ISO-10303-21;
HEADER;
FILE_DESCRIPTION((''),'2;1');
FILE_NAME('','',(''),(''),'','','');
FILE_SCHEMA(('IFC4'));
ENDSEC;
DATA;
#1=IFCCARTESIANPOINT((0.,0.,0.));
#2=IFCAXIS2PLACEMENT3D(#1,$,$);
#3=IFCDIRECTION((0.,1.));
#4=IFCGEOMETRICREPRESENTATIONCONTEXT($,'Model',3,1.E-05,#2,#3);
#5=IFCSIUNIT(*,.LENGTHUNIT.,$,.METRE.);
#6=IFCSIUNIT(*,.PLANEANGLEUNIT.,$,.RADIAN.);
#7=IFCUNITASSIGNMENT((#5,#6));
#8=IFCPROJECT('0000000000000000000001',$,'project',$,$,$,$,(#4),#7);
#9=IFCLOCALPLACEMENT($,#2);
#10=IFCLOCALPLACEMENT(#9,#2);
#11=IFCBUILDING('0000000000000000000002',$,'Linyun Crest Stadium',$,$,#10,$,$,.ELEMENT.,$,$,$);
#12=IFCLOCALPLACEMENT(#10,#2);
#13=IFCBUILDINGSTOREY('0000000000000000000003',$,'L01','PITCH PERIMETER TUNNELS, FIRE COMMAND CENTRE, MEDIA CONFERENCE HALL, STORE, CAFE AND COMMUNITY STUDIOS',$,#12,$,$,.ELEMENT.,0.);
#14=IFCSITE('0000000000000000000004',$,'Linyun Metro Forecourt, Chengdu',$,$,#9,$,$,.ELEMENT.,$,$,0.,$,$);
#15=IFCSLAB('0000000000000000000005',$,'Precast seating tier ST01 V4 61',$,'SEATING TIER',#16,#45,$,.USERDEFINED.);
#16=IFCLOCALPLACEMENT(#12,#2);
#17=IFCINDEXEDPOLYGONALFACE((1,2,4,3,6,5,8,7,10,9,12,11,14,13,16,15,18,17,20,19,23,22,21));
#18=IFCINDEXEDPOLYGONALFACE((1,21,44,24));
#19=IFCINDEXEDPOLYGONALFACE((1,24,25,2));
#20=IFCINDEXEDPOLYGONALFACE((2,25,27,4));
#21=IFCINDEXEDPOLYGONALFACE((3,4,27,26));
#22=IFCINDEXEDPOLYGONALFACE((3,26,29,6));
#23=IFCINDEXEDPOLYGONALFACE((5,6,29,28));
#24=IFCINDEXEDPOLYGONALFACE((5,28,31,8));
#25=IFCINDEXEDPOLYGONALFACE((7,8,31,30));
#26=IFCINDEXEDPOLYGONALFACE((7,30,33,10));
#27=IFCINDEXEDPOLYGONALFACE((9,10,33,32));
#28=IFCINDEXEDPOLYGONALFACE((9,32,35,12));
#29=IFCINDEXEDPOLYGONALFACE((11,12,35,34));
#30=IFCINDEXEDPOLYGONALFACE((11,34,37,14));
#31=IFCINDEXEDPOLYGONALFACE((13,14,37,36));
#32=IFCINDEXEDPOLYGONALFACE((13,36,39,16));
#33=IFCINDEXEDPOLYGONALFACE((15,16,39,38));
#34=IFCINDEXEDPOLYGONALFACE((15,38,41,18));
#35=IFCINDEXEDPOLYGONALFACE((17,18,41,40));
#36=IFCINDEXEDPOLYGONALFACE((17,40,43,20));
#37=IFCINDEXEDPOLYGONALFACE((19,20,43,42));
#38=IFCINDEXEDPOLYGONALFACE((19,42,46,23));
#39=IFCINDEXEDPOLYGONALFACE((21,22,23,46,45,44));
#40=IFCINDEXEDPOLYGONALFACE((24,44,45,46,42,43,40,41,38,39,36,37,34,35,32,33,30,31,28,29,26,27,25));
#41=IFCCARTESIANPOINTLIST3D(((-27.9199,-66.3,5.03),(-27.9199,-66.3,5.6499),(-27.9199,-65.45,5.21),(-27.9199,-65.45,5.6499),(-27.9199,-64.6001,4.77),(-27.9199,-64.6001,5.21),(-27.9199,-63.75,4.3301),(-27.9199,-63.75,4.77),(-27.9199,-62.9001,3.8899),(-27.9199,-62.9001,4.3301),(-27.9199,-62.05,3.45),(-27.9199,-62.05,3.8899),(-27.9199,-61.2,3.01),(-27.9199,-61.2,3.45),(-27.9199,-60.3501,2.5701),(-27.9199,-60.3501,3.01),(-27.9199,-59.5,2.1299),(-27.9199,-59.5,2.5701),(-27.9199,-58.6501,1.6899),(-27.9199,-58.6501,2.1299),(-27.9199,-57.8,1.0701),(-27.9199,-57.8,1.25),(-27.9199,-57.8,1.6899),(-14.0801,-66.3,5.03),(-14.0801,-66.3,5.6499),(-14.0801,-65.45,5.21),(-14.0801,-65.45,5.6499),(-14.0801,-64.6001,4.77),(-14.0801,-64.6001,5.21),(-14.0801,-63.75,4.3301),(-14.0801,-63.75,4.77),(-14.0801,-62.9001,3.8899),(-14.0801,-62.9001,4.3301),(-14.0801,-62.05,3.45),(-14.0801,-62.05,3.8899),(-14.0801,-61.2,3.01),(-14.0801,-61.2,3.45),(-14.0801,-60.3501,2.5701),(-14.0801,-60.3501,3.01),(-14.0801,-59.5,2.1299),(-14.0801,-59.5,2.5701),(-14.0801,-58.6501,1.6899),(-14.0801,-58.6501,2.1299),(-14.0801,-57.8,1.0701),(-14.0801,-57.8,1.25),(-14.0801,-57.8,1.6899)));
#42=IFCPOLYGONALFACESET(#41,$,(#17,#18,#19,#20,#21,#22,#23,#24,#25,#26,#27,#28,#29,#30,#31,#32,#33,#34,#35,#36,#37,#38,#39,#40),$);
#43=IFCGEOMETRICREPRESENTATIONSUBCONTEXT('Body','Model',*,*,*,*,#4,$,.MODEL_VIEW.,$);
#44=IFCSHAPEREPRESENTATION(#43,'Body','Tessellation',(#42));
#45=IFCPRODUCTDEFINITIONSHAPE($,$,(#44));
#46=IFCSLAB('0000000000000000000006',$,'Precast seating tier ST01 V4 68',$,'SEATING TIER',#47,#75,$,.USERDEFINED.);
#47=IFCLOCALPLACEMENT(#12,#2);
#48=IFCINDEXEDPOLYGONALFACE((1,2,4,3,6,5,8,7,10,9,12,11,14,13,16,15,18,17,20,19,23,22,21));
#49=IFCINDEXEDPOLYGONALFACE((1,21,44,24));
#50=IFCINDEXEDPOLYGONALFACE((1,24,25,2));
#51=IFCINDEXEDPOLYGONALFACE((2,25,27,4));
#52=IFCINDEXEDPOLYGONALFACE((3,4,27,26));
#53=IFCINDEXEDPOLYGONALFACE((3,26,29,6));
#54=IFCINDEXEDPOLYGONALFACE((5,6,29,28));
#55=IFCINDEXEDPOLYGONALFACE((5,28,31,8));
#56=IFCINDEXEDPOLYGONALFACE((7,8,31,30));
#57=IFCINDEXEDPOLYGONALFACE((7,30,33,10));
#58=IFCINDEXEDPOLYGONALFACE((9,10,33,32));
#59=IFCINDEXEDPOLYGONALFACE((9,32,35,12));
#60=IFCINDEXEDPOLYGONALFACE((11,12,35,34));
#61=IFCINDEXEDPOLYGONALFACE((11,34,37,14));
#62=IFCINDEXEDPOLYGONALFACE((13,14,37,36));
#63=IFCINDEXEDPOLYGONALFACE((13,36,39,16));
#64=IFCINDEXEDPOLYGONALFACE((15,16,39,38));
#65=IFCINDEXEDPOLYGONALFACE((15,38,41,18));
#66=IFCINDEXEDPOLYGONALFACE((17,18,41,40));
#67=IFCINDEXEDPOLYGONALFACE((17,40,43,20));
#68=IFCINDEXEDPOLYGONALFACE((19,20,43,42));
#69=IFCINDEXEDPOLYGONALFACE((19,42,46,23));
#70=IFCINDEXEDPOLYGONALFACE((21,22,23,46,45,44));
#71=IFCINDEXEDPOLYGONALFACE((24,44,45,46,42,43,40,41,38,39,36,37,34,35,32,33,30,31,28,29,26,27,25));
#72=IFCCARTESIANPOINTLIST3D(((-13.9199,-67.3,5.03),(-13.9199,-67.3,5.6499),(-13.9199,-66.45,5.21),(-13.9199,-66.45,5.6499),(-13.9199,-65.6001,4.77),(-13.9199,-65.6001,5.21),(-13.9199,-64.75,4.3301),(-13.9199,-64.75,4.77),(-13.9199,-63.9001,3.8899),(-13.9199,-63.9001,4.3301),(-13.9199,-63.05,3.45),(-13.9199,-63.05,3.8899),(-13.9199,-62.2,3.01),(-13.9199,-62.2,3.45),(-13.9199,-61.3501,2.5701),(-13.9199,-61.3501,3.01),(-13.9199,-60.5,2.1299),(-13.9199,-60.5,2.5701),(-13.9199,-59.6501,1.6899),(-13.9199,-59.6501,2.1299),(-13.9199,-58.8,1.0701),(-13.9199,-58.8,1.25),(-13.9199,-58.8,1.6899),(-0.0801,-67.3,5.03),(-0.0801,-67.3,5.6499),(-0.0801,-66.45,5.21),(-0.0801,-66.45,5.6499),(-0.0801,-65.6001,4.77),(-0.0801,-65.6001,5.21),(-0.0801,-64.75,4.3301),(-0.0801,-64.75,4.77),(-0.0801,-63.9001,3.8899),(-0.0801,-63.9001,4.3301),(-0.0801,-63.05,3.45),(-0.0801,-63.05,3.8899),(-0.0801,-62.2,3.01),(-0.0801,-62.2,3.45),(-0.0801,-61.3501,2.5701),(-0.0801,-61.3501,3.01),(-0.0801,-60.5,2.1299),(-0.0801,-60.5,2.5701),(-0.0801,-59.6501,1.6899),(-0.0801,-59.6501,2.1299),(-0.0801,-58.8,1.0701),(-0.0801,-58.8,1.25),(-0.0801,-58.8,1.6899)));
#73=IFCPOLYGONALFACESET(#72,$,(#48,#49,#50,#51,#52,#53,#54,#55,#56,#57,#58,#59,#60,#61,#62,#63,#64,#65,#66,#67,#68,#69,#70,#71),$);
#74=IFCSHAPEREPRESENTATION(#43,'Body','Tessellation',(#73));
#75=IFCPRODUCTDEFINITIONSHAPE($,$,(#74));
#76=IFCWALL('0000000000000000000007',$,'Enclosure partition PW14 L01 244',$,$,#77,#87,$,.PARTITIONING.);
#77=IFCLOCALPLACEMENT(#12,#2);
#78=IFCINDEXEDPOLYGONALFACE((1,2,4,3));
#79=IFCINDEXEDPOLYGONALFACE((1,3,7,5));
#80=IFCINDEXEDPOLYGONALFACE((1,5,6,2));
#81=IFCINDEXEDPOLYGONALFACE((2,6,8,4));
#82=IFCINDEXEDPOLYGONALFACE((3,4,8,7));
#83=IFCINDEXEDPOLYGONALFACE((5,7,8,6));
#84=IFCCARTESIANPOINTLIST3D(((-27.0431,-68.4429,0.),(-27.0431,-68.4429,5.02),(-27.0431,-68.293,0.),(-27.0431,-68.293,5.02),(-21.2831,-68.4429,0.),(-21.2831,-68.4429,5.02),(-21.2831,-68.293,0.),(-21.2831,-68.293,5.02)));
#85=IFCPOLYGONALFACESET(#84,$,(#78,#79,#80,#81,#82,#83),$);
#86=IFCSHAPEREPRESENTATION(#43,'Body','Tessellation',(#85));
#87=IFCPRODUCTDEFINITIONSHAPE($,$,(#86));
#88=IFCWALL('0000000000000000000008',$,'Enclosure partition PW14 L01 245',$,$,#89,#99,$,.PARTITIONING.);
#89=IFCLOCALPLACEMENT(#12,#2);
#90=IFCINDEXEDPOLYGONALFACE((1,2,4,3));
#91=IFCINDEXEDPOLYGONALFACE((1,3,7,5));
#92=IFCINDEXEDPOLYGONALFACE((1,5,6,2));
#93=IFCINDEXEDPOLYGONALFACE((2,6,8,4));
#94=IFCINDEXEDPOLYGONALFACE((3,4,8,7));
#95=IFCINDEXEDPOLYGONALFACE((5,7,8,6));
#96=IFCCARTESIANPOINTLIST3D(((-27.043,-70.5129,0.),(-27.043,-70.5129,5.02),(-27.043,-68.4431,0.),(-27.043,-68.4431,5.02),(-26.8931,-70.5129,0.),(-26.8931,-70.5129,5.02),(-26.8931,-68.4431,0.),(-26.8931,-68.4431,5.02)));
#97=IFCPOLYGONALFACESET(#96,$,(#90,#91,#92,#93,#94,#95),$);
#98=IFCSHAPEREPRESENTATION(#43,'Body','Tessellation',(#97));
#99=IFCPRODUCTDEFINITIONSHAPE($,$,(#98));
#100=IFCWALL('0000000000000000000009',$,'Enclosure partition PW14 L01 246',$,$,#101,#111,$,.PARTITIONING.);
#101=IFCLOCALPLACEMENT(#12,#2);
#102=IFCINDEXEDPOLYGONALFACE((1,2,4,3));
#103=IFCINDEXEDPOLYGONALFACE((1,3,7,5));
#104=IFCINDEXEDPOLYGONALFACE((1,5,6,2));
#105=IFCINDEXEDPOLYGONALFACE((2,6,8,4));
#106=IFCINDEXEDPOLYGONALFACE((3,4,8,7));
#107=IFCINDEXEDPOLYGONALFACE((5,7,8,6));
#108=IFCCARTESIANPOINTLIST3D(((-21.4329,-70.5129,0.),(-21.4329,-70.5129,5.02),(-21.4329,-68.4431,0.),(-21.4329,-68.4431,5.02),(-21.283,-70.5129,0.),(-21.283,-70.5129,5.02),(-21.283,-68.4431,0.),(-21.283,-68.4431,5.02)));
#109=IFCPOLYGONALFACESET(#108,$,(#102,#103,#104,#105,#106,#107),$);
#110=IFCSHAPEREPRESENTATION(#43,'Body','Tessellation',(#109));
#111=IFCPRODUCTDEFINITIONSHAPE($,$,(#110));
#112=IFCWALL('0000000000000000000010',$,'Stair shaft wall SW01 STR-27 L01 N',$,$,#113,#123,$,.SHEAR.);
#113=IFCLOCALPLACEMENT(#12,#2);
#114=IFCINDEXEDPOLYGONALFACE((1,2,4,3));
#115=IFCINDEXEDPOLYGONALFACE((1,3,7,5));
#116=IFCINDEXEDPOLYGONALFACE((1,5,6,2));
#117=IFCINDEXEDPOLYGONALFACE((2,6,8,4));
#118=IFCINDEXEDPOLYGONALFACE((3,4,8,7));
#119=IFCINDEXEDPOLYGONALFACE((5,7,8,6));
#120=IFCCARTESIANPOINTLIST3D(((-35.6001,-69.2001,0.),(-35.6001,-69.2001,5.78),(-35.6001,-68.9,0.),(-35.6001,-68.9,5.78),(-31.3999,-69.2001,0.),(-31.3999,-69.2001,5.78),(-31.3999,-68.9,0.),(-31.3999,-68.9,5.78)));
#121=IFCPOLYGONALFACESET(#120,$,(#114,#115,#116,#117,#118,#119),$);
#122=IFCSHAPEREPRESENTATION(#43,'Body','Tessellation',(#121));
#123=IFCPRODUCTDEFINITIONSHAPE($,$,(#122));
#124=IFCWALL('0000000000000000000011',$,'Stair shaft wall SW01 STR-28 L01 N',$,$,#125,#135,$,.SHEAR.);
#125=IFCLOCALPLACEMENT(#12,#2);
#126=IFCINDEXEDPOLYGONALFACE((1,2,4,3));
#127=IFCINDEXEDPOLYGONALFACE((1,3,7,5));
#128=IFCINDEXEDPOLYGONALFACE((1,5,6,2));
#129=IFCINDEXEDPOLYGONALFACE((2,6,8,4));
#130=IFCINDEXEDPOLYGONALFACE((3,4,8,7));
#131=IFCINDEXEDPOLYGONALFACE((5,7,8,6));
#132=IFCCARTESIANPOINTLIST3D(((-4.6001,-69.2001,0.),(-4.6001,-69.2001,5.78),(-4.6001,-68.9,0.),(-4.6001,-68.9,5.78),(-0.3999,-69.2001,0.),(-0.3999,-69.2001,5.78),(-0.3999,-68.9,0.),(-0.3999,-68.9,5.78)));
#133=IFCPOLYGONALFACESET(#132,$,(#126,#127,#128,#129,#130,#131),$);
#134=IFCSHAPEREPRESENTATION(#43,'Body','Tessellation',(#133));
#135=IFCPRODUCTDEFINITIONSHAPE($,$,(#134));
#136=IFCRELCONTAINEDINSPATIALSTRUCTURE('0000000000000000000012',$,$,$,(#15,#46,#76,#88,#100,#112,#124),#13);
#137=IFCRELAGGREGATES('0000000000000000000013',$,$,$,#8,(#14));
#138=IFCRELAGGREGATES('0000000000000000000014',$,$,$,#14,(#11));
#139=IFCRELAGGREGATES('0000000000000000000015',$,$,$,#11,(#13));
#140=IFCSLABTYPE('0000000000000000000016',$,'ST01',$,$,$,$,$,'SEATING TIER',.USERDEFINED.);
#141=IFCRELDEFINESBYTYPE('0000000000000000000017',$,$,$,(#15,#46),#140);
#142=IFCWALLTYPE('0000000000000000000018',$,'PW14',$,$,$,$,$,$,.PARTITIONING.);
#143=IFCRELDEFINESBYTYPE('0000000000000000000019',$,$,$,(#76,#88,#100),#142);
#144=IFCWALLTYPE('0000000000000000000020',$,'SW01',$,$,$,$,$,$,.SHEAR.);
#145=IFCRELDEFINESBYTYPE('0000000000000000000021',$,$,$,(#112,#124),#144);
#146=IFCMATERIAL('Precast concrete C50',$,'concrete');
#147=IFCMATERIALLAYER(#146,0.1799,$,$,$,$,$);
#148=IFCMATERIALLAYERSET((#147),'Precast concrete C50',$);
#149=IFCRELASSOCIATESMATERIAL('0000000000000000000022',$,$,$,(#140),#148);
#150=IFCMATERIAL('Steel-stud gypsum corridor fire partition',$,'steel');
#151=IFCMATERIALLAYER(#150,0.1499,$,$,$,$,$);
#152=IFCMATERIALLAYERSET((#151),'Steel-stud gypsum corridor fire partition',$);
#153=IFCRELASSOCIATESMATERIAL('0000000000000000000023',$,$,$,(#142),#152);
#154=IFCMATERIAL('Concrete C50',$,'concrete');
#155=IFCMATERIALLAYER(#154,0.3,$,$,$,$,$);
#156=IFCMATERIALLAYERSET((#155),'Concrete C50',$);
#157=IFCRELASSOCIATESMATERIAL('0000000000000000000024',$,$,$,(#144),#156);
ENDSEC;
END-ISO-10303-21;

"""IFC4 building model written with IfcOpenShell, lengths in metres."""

from ifc_helpers import new_model, si_unit, direction, frame, frame_2d, origin, place, context, subcontext, project, spatial, polyline, rectangle, outline, extrude, material, layer, layer_set, type_object, element, save


model = new_model("IFC4")

# Units and contexts
model_context = context("Model", 3, precision=1e-05, world=origin(), true_north=direction((0.0, 1.0)))
body_context = subcontext(model_context, "Body", "Model", "MODEL_VIEW")
ifc_project = project(units=[si_unit("LENGTHUNIT", "METRE"), si_unit("PLANEANGLEUNIT", "RADIAN")], contexts=[model_context])

# Site, building, storey
site_placement = place(None, origin())
site = spatial("IfcSite", under=ifc_project, at=site_placement, Name="Linyun Metro Forecourt, Chengdu", CompositionType="ELEMENT", RefElevation=0.0)
building_placement = place(site_placement, origin())
building = spatial("IfcBuilding", under=site, at=building_placement, Name="Linyun Crest Stadium", CompositionType="ELEMENT")
storey_placement = place(building_placement, origin())
storey = spatial("IfcBuildingStorey", under=building, at=storey_placement, Name="L01", Description="PITCH PERIMETER TUNNELS, FIRE COMMAND CENTRE, MEDIA CONFERENCE HALL, STORE, CAFE AND COMMUNITY STUDIOS", CompositionType="ELEMENT", Elevation=0.0)

# Slabs
ifc_material_1 = material(Name="Precast concrete C50", Category="concrete")
ifc_layer_1 = layer(ifc_material_1, 0.1799)
ifc_layer_set_1 = layer_set([ifc_layer_1], Name="Precast concrete C50")
slab_type = type_object("IfcSlabType", Name="ST01", ElementType="SEATING TIER", PredefinedType="USERDEFINED", material=ifc_layer_set_1)
for number, where, z_axis, x_axis, name in (
    (1, (-27.9199, -57.8, 1.25), (0.0, 0.0, 1.0), (0.0, -1.0, 0.0), "Precast seating tier ST01 V4 61"),
    (2, (-13.9199, -58.8, 1.25), (0.0, 0.0, 1.0), (0.0, -1.0, 0.0), "Precast seating tier ST01 V4 68"),
):
    element("IfcSlab", number, at=place(storey_placement, frame(where, z_axis=z_axis, x_axis=x_axis)), inside=storey, type_object=slab_type, Name=name, ObjectType="SEATING TIER", PredefinedType="USERDEFINED", context=body_context, shape_type="SweptSolid", body=[
        extrude(outline(polyline([(0.0, 0.0), (0.0, -0.4399), (0.8501, -0.4399), (0.8501, -0.8799), (1.7, -0.8799), (1.7, -1.3201), (2.55, -1.3201), (2.55, -1.76), (3.3999, -1.76), (3.3999, -2.2), (4.25, -2.2), (4.25, -2.6399), (5.1001, -2.6399), (5.1001, -3.0801), (5.95, -3.0801), (5.95, -3.52), (6.8, -3.52), (6.8, -3.96), (7.6499, -3.96), (7.6499, -4.3999), (8.5, -4.3999), (8.5, -3.78), (0.0, 0.1799), (0.0, 0.0)])), frame((0.0, 0.0, 0.0), z_axis=(0.0, 1.0, 0.0), x_axis=(1.0, 0.0, 0.0)), (0.0, 0.0, 1.0), 13.8398),
    ])

# Walls
ifc_material_2 = material(Name="Steel-stud gypsum corridor fire partition", Category="steel")
ifc_layer_2 = layer(ifc_material_2, 0.1499)
ifc_layer_set_2 = layer_set([ifc_layer_2], Name="Steel-stud gypsum corridor fire partition")
wall_type_1 = type_object("IfcWallType", Name="PW14", PredefinedType="PARTITIONING", material=ifc_layer_set_2)
wall_placement = place(storey_placement, frame((-27.043, -68.3679, 0.0), z_axis=(0.0, 0.0, 1.0), x_axis=(1.0, 0.0, 0.0)))
element("IfcWall", 3, at=wall_placement, inside=storey, type_object=wall_type_1, Name="Enclosure partition PW14 L01 244", PredefinedType="PARTITIONING", context=body_context, shape_type="SweptSolid", body=[
    extrude(rectangle(XDim=5.76, YDim=0.1499, at=frame_2d((2.8799, 0.0))), origin(), (0.0, 0.0, 1.0), 5.02),
])
for number, where, z_axis, x_axis, name in (
    (4, (-26.968, -70.5129, 0.0), (0.0, 0.0, 1.0), (0.0, 1.0, 0.0), "Enclosure partition PW14 L01 245"),
    (5, (-21.3579, -70.5129, 0.0), (0.0, 0.0, 1.0), (0.0, 1.0, 0.0), "Enclosure partition PW14 L01 246"),
):
    element("IfcWall", number, at=place(storey_placement, frame(where, z_axis=z_axis, x_axis=x_axis)), inside=storey, type_object=wall_type_1, Name=name, PredefinedType="PARTITIONING", context=body_context, shape_type="SweptSolid", body=[
        extrude(rectangle(XDim=2.0698, YDim=0.1499, at=frame_2d((1.0349, 0.0))), origin(), (0.0, 0.0, 1.0), 5.02),
    ])
ifc_material_3 = material(Name="Concrete C50", Category="concrete")
ifc_layer_3 = layer(ifc_material_3, 0.3)
ifc_layer_set_3 = layer_set([ifc_layer_3], Name="Concrete C50")
wall_type_2 = type_object("IfcWallType", Name="SW01", PredefinedType="SHEAR", material=ifc_layer_set_3)
for number, where, z_axis, x_axis, name in (
    (6, (-35.6001, -69.05, 0.0), (0.0, 0.0, 1.0), (1.0, 0.0, 0.0), "Stair shaft wall SW01 STR-27 L01 N"),
    (7, (-4.6001, -69.05, 0.0), (0.0, 0.0, 1.0), (1.0, 0.0, 0.0), "Stair shaft wall SW01 STR-28 L01 N"),
):
    element("IfcWall", number, at=place(storey_placement, frame(where, z_axis=z_axis, x_axis=x_axis)), inside=storey, type_object=wall_type_2, Name=name, PredefinedType="SHEAR", context=body_context, shape_type="SweptSolid", body=[
        extrude(rectangle(XDim=4.2002, YDim=0.3, at=frame_2d((2.1001, 0.0))), origin(), (0.0, 0.0, 1.0), 5.78),
    ])

save(model, "model.ifc")
